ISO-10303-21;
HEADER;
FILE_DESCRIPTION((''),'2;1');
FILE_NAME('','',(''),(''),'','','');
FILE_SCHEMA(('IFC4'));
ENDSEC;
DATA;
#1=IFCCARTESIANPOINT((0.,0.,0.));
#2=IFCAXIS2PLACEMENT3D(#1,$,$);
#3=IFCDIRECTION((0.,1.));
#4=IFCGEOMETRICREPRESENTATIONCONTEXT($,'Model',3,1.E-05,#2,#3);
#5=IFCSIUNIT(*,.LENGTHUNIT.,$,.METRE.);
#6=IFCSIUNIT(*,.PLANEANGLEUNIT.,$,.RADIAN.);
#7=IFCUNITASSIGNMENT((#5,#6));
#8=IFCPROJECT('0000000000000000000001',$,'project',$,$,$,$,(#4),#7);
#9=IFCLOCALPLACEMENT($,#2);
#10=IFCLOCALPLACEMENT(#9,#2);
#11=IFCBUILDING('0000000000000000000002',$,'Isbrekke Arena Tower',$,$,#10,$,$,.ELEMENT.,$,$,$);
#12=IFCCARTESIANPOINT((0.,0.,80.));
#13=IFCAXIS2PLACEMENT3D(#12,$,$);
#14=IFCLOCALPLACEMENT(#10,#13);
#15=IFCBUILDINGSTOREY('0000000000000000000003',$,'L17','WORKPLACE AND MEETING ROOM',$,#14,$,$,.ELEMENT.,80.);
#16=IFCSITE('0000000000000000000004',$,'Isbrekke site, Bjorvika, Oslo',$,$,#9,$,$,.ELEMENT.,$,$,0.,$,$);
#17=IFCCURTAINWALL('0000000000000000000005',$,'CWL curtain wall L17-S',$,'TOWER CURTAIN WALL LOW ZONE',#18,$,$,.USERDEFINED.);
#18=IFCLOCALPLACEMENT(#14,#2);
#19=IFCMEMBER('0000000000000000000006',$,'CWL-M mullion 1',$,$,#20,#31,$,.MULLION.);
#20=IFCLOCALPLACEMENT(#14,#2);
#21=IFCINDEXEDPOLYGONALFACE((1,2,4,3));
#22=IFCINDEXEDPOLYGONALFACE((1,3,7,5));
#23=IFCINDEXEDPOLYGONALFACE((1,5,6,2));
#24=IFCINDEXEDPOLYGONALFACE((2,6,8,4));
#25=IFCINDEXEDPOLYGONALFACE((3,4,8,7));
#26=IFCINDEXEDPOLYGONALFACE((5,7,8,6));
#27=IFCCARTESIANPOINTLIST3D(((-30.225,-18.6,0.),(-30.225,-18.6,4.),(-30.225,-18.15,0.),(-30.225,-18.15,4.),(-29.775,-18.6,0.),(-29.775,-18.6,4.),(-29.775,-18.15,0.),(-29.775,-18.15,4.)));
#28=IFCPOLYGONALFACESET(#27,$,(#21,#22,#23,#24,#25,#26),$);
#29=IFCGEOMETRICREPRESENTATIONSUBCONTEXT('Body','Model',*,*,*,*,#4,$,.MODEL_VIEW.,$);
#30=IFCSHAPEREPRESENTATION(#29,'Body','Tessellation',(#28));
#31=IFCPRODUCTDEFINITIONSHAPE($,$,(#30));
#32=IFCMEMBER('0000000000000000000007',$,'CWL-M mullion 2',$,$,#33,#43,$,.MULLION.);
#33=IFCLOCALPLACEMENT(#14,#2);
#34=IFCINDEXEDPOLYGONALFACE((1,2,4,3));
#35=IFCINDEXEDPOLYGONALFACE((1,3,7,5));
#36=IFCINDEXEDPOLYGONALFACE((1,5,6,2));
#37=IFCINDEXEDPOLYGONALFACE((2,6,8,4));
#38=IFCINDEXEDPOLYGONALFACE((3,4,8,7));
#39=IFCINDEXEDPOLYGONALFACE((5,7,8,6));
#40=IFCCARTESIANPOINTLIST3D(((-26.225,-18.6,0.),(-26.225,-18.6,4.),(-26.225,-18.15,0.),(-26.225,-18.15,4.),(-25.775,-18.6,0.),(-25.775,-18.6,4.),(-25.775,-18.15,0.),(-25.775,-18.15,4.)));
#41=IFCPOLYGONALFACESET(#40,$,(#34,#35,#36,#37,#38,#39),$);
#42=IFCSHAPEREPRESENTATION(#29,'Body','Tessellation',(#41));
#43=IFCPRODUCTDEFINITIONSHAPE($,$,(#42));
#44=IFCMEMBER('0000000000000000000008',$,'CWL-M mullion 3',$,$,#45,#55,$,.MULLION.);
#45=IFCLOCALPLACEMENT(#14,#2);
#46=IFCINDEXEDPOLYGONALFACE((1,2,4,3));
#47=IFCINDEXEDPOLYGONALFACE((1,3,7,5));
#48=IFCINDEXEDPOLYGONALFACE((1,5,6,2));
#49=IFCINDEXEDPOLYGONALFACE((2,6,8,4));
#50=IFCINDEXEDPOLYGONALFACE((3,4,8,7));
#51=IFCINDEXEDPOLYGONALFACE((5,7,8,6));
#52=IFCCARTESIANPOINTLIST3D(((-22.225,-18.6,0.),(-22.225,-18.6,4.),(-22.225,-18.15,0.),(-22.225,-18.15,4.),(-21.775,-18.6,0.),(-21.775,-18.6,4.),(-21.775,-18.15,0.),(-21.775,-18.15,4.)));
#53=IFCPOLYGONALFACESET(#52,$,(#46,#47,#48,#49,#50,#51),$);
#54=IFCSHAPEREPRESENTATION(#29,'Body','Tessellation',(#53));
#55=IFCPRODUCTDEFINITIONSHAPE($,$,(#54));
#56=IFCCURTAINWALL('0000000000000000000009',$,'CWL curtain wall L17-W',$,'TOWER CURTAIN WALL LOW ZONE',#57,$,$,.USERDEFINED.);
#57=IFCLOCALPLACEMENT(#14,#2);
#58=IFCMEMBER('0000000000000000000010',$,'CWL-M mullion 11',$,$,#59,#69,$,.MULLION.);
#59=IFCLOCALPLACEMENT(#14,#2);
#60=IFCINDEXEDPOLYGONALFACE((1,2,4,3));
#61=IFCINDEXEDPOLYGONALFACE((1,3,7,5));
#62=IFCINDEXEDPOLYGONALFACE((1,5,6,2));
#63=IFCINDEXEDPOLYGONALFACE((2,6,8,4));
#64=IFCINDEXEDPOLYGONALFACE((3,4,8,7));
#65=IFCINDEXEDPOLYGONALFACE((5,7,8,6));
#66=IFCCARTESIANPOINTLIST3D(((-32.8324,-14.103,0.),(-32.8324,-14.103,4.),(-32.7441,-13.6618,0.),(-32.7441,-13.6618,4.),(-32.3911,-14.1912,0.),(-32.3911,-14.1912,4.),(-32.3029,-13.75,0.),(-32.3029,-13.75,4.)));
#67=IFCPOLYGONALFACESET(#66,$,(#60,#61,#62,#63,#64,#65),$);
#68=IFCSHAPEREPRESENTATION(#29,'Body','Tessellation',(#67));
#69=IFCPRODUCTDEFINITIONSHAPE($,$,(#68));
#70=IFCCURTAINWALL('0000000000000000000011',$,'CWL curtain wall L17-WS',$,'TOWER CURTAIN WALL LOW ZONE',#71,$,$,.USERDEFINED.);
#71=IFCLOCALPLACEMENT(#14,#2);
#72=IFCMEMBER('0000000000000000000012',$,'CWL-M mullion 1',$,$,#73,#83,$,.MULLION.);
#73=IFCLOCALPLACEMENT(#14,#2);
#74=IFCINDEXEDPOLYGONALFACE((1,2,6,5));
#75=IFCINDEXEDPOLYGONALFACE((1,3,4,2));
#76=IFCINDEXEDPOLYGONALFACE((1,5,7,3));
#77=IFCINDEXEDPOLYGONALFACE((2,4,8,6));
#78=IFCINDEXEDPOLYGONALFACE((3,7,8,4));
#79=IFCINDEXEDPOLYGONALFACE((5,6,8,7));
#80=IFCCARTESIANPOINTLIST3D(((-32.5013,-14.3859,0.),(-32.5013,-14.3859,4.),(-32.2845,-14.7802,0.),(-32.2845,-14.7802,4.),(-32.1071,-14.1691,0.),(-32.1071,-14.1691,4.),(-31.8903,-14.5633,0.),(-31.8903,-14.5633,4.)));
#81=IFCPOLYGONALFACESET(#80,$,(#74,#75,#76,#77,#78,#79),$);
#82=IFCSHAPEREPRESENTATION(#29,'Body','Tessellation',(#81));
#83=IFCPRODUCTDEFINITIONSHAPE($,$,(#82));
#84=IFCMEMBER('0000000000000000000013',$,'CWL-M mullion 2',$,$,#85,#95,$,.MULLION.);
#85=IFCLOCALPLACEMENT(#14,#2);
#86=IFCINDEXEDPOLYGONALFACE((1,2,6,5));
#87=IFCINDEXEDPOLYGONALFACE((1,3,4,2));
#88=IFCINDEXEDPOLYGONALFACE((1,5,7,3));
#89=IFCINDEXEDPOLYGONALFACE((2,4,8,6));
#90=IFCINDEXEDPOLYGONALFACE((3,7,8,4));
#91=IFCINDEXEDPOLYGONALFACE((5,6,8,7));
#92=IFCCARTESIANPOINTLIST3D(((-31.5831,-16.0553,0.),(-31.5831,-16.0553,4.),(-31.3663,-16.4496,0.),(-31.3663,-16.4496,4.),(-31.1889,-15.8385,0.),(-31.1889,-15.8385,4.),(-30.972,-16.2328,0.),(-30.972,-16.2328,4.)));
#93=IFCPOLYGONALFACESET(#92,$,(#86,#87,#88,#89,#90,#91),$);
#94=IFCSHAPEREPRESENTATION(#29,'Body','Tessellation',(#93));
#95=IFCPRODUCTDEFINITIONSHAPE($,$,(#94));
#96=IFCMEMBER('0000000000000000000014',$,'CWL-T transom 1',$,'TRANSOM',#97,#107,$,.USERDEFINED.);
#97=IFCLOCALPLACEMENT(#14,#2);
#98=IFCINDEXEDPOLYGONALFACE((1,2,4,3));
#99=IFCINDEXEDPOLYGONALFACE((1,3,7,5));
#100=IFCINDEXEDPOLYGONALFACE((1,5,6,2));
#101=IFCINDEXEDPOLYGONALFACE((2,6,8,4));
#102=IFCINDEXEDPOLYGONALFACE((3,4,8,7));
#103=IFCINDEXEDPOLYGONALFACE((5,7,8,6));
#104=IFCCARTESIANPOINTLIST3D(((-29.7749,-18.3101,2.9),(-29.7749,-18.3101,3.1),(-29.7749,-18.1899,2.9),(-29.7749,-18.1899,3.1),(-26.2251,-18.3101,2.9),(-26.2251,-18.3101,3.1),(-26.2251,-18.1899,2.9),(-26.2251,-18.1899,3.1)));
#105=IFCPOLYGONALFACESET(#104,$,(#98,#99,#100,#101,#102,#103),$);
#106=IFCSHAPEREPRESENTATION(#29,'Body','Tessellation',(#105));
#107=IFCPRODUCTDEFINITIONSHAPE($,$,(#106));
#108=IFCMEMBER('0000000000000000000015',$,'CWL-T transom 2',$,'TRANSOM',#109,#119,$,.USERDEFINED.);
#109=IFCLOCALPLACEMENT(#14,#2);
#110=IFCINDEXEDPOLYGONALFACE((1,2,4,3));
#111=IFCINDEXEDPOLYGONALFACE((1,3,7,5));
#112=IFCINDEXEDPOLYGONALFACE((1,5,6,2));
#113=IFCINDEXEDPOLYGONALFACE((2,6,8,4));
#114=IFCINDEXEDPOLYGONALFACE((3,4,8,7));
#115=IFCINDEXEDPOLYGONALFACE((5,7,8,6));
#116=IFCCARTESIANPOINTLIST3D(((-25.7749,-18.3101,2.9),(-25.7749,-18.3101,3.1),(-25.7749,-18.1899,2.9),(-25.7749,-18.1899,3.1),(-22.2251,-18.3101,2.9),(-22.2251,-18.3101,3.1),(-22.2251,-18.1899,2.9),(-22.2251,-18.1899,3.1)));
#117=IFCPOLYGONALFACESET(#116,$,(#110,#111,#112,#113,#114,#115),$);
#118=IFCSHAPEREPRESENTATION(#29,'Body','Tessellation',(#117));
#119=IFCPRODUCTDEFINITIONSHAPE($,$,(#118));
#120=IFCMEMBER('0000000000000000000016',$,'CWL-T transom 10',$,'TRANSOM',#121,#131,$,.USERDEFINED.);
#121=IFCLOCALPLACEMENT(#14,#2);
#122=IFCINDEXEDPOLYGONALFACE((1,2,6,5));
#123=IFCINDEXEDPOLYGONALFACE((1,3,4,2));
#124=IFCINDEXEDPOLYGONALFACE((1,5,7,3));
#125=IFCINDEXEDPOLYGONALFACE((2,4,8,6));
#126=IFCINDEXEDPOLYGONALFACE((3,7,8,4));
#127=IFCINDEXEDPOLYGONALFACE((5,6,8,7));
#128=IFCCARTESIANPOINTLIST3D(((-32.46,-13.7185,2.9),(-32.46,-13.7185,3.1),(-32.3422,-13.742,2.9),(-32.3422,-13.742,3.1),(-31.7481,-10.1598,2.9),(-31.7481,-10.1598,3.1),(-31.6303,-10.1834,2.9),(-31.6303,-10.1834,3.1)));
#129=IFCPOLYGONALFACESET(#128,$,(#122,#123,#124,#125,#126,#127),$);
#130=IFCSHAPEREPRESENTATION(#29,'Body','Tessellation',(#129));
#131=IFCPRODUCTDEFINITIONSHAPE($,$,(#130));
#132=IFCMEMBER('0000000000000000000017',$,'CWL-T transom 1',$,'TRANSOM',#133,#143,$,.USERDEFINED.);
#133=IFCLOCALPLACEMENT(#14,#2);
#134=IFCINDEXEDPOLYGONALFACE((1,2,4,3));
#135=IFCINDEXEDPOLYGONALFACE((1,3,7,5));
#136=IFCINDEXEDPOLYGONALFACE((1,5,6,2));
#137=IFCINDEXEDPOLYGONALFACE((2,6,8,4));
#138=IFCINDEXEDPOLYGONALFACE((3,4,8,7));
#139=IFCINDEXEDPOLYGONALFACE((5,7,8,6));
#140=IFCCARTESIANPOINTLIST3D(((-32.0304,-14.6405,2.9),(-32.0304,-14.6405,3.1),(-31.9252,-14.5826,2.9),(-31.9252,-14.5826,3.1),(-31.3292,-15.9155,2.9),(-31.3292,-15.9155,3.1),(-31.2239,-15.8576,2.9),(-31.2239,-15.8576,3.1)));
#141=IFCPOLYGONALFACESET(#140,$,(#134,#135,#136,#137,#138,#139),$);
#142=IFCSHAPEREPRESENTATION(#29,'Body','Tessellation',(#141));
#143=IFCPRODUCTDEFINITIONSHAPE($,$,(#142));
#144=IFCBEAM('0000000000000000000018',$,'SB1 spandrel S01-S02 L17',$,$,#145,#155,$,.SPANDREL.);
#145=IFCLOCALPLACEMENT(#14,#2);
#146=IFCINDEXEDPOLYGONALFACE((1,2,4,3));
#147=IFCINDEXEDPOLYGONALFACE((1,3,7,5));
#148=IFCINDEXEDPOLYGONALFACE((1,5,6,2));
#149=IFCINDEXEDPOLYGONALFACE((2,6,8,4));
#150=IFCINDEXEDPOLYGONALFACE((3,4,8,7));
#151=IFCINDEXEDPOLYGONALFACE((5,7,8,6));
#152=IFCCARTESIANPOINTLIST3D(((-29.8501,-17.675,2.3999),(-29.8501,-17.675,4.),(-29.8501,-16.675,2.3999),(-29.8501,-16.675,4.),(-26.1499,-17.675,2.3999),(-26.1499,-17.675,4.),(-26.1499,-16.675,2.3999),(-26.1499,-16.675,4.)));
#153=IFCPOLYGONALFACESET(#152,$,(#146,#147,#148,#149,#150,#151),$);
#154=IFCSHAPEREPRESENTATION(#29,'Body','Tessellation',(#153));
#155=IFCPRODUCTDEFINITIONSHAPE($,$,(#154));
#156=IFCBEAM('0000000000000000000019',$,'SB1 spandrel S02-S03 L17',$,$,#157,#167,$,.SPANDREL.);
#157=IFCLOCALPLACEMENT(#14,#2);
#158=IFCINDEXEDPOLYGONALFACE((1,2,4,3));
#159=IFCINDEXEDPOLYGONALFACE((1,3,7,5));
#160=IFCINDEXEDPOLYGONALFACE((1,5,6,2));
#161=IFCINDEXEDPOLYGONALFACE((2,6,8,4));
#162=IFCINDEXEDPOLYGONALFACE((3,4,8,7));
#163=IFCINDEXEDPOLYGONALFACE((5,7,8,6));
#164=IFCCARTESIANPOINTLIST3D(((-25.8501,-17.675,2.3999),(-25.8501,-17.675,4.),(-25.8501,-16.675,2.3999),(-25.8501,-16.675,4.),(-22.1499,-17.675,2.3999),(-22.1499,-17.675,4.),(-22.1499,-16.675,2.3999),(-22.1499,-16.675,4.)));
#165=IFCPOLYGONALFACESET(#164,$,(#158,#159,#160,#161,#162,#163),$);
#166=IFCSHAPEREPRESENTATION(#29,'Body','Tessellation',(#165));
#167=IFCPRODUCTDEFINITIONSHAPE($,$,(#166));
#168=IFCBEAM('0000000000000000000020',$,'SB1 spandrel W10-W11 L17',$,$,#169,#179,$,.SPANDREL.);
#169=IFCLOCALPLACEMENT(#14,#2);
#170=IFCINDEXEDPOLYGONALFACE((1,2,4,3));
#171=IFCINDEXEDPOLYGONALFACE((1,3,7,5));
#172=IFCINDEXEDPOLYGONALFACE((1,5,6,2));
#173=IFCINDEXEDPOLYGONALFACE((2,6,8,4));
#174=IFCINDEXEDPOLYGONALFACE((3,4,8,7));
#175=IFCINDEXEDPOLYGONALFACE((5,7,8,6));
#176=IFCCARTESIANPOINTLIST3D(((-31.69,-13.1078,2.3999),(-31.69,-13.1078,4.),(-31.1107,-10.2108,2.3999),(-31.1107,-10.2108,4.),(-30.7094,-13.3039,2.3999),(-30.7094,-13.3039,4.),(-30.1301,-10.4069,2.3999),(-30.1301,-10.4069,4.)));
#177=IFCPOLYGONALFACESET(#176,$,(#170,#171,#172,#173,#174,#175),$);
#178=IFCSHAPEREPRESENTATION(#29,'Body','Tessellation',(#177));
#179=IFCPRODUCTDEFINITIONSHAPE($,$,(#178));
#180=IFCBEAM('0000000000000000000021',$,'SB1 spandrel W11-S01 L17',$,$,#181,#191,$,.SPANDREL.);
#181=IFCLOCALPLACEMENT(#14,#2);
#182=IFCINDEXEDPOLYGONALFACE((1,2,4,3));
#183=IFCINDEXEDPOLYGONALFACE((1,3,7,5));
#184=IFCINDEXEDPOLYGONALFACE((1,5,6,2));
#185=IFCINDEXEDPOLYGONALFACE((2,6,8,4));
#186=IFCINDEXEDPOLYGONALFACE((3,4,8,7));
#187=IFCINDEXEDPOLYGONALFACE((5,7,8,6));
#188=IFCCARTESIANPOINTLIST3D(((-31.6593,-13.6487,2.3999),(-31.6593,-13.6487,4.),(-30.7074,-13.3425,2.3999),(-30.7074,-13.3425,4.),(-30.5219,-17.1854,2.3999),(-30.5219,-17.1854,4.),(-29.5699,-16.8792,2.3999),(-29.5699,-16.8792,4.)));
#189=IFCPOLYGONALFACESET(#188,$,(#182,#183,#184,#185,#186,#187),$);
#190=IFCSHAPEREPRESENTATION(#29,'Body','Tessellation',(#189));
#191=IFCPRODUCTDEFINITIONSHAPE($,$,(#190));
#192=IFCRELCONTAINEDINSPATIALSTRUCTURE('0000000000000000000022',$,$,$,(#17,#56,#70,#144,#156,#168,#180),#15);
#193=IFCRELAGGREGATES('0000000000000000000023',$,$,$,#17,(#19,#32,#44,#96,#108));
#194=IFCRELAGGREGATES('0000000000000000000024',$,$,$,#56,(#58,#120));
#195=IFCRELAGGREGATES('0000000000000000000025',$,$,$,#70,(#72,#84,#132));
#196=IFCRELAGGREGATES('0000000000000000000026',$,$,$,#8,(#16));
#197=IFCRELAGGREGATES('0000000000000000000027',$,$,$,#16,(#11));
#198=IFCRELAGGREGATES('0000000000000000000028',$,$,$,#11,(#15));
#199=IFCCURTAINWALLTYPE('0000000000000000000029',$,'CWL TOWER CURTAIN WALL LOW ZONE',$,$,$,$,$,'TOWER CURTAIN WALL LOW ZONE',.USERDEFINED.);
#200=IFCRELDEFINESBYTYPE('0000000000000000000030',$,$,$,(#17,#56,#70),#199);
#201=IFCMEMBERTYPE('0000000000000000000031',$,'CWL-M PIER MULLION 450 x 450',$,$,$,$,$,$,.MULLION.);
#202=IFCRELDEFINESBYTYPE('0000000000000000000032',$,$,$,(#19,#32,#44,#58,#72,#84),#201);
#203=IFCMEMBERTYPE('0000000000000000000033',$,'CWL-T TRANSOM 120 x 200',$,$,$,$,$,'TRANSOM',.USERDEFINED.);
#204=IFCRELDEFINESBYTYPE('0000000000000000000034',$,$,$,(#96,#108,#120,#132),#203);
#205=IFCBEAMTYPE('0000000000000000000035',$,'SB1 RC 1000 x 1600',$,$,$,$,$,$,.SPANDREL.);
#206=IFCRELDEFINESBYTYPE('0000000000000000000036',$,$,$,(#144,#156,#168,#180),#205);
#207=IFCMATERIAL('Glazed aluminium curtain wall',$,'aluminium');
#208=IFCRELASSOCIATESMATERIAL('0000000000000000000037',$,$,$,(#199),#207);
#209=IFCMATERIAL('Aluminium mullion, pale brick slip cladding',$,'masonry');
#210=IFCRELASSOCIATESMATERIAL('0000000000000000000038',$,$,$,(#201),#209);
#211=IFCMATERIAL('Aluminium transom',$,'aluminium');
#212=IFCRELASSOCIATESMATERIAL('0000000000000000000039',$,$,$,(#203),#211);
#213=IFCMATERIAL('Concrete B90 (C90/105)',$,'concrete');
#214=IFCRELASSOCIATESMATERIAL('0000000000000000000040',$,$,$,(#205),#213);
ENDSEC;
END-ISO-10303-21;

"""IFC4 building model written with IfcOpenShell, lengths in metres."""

from ifc_helpers import new_model, si_unit, direction, frame, origin, origin_2d, place, context, subcontext, project, spatial, rectangle, extrude, material, material_profile, profile_set, type_object, element, aggregate, save


model = new_model("IFC4")

# Units and contexts
model_context = context("Model", 3, precision=1e-05, world=origin(), true_north=direction((0.0, 1.0)))
body_context = subcontext(model_context, "Body", "Model", "MODEL_VIEW")
ifc_project = project(units=[si_unit("LENGTHUNIT", "METRE"), si_unit("PLANEANGLEUNIT", "RADIAN")], contexts=[model_context])

# Site, building, storey
site_placement = place(None, origin())
site = spatial("IfcSite", under=ifc_project, at=site_placement, Name="Isbrekke site, Bjorvika, Oslo", CompositionType="ELEMENT", RefElevation=0.0)
building_placement = place(site_placement, origin())
building = spatial("IfcBuilding", under=site, at=building_placement, Name="Isbrekke Arena Tower", CompositionType="ELEMENT")
storey_placement = place(building_placement, frame((0.0, 0.0, 80.0)))
storey = spatial("IfcBuildingStorey", under=building, at=storey_placement, Name="L17", Description="WORKPLACE AND MEETING ROOM", CompositionType="ELEMENT", Elevation=80.0)

# Curtain wall, members
ifc_material_1 = material(Name="Glazed aluminium curtain wall", Category="aluminium")
curtain_wall_type = type_object("IfcCurtainWallType", Name="CWL TOWER CURTAIN WALL LOW ZONE", ElementType="TOWER CURTAIN WALL LOW ZONE", PredefinedType="USERDEFINED", material=ifc_material_1)
curtain_wall_1_placement = place(storey_placement, origin())
curtain_wall_1 = element("IfcCurtainWall", 1, at=curtain_wall_1_placement, inside=storey, type_object=curtain_wall_type, Name="CWL curtain wall L17-S", ObjectType="TOWER CURTAIN WALL LOW ZONE", PredefinedType="USERDEFINED")
ifc_material_2 = material(Name="Aluminium mullion, pale brick slip cladding", Category="masonry")
ifc_material_profile_1 = material_profile(ifc_material_2, rectangle(XDim=0.45, YDim=0.45, at=origin_2d()), Name="PIER 450X450")
ifc_profile_set_1 = profile_set([ifc_material_profile_1], Name="Aluminium mullion, pale brick slip cladding")
member_type_1 = type_object("IfcMemberType", Name="CWL-M PIER MULLION 450 x 450", PredefinedType="MULLION", material=ifc_profile_set_1)
member_1_placement = place(storey_placement, frame((-30.0, -18.375, 0.0), z_axis=(0.0, 0.0, 1.0), x_axis=(1.0, 0.0, 0.0)))
member_1 = element("IfcMember", 2, at=member_1_placement, type_object=member_type_1, Name="CWL-M mullion 1", PredefinedType="MULLION", context=body_context, shape_type="SweptSolid", body=[
    extrude(rectangle(XDim=0.45, YDim=0.45, at=origin_2d()), origin(), (0.0, 0.0, 1.0), 4.0),
])
member_2_placement = place(storey_placement, frame((-26.0, -18.375, 0.0), z_axis=(0.0, 0.0, 1.0), x_axis=(1.0, 0.0, 0.0)))
member_2 = element("IfcMember", 3, at=member_2_placement, type_object=member_type_1, Name="CWL-M mullion 2", PredefinedType="MULLION", context=body_context, shape_type="SweptSolid", body=[
    extrude(rectangle(XDim=0.45, YDim=0.45, at=origin_2d()), origin(), (0.0, 0.0, 1.0), 4.0),
])
member_3_placement = place(storey_placement, frame((-22.0, -18.375, 0.0), z_axis=(0.0, 0.0, 1.0), x_axis=(1.0, 0.0, 0.0)))
member_3 = element("IfcMember", 4, at=member_3_placement, type_object=member_type_1, Name="CWL-M mullion 3", PredefinedType="MULLION", context=body_context, shape_type="SweptSolid", body=[
    extrude(rectangle(XDim=0.45, YDim=0.45, at=origin_2d()), origin(), (0.0, 0.0, 1.0), 4.0),
])

# Curtain wall, member
curtain_wall_2_placement = place(storey_placement, origin())
curtain_wall_2 = element("IfcCurtainWall", 5, at=curtain_wall_2_placement, inside=storey, type_object=curtain_wall_type, Name="CWL curtain wall L17-W", ObjectType="TOWER CURTAIN WALL LOW ZONE", PredefinedType="USERDEFINED")
member_4_placement = place(storey_placement, frame((-32.5676, -13.9265, 0.0), z_axis=(0.0, 0.0, 1.0), x_axis=(-0.196116, -0.980581, 0.0)))
member_4 = element("IfcMember", 6, at=member_4_placement, type_object=member_type_1, Name="CWL-M mullion 11", PredefinedType="MULLION", context=body_context, shape_type="SweptSolid", body=[
    extrude(rectangle(XDim=0.45, YDim=0.45, at=origin_2d()), origin(), (0.0, 0.0, 1.0), 4.0),
])

# Curtain wall, members
curtain_wall_3_placement = place(storey_placement, origin())
curtain_wall_3 = element("IfcCurtainWall", 7, at=curtain_wall_3_placement, inside=storey, type_object=curtain_wall_type, Name="CWL curtain wall L17-WS", ObjectType="TOWER CURTAIN WALL LOW ZONE", PredefinedType="USERDEFINED")
member_5_placement = place(storey_placement, frame((-32.1958, -14.4746, 0.0), z_axis=(0.0, 0.0, 1.0), x_axis=(0.481919, -0.876216, 0.0)))
member_5 = element("IfcMember", 8, at=member_5_placement, type_object=member_type_1, Name="CWL-M mullion 1", PredefinedType="MULLION", context=body_context, shape_type="SweptSolid", body=[
    extrude(rectangle(XDim=0.45, YDim=0.45, at=origin_2d()), origin(), (0.0, 0.0, 1.0), 4.0),
])
member_6_placement = place(storey_placement, frame((-31.2776, -16.144, 0.0), z_axis=(0.0, 0.0, 1.0), x_axis=(0.481919, -0.876216, 0.0)))
member_6 = element("IfcMember", 9, at=member_6_placement, type_object=member_type_1, Name="CWL-M mullion 2", PredefinedType="MULLION", context=body_context, shape_type="SweptSolid", body=[
    extrude(rectangle(XDim=0.45, YDim=0.45, at=origin_2d()), origin(), (0.0, 0.0, 1.0), 4.0),
])

# Members
ifc_material_3 = material(Name="Aluminium transom", Category="aluminium")
ifc_material_profile_2 = material_profile(ifc_material_3, rectangle(XDim=0.1201, YDim=0.2, at=origin_2d()), Name="TRANSOM 120X200")
ifc_profile_set_2 = profile_set([ifc_material_profile_2], Name="Aluminium transom")
member_type_2 = type_object("IfcMemberType", Name="CWL-T TRANSOM 120 x 200", ElementType="TRANSOM", PredefinedType="USERDEFINED", material=ifc_profile_set_2)
member_7_placement = place(storey_placement, frame((-29.7749, -18.25, 3.0), z_axis=(1.0, 0.0, 0.0), x_axis=(0.0, 1.0, 0.0)))
member_7 = element("IfcMember", 10, at=member_7_placement, type_object=member_type_2, Name="CWL-T transom 1", ObjectType="TRANSOM", PredefinedType="USERDEFINED", context=body_context, shape_type="SweptSolid", body=[
    extrude(rectangle(XDim=0.1201, YDim=0.2, at=origin_2d()), origin(), (0.0, 0.0, 1.0), 3.5498),
])
member_8_placement = place(storey_placement, frame((-25.7749, -18.25, 3.0), z_axis=(1.0, 0.0, 0.0), x_axis=(0.0, 1.0, 0.0)))
member_8 = element("IfcMember", 11, at=member_8_placement, type_object=member_type_2, Name="CWL-T transom 2", ObjectType="TRANSOM", PredefinedType="USERDEFINED", context=body_context, shape_type="SweptSolid", body=[
    extrude(rectangle(XDim=0.1201, YDim=0.2, at=origin_2d()), origin(), (0.0, 0.0, 1.0), 3.5498),
])
member_9_placement = place(storey_placement, frame((-31.6892, -10.1716, 3.0), z_axis=(-0.196168, -0.98057, 0.0), x_axis=(0.98057, -0.196168, 0.0)))
member_9 = element("IfcMember", 12, at=member_9_placement, type_object=member_type_2, Name="CWL-T transom 10", ObjectType="TRANSOM", PredefinedType="USERDEFINED", context=body_context, shape_type="SweptSolid", body=[
    extrude(rectangle(XDim=0.1201, YDim=0.2, at=origin_2d()), origin(), (0.0, 0.0, 1.0), 3.6292),
])
member_10_placement = place(storey_placement, frame((-31.9778, -14.6116, 3.0), z_axis=(0.481906, -0.876223, 0.0), x_axis=(0.876223, 0.481906, 0.0)))
member_10 = element("IfcMember", 13, at=member_10_placement, type_object=member_type_2, Name="CWL-T transom 1", ObjectType="TRANSOM", PredefinedType="USERDEFINED", context=body_context, shape_type="SweptSolid", body=[
    extrude(rectangle(XDim=0.1201, YDim=0.2, at=origin_2d()), origin(), (0.0, 0.0, 1.0), 1.4551),
])

# Beams
ifc_material_4 = material(Name="Concrete B90 (C90/105)", Category="concrete")
ifc_material_profile_3 = material_profile(ifc_material_4, rectangle(XDim=1.0, YDim=1.6001, at=origin_2d()), Name="RC 1000x1600")
ifc_profile_set_3 = profile_set([ifc_material_profile_3], Name="Concrete B90 (C90/105)")
beam_type_1 = type_object("IfcBeamType", Name="SB1 RC 1000 x 1600", PredefinedType="SPANDREL", material=ifc_profile_set_3)
for number, where, z_axis, x_axis, name in (
    (14, (-29.8501, -17.175, 3.2), (1.0, 0.0, 0.0), (0.0, 1.0, 0.0), "SB1 spandrel S01-S02 L17"),
    (15, (-25.8501, -17.175, 3.2), (1.0, 0.0, 0.0), (0.0, 1.0, 0.0), "SB1 spandrel S02-S03 L17"),
):
    element("IfcBeam", number, at=place(storey_placement, frame(where, z_axis=z_axis, x_axis=x_axis)), inside=storey, type_object=beam_type_1, Name=name, PredefinedType="SPANDREL", context=body_context, shape_type="SweptSolid", body=[
        extrude(rectangle(XDim=1.0, YDim=1.6001, at=origin_2d()), origin(), (0.0, 0.0, 1.0), 3.7002),
    ])
beam_1_placement = place(storey_placement, frame((-30.6204, -10.3088, 3.2), z_axis=(-0.1961, -0.980584, 0.0), x_axis=(0.980584, -0.1961, 0.0)))
element("IfcBeam", 16, at=beam_1_placement, inside=storey, type_object=beam_type_1, Name="SB1 spandrel W10-W11 L17", PredefinedType="SPANDREL", context=body_context, shape_type="SweptSolid", body=[
    extrude(rectangle(XDim=1.0, YDim=1.6001, at=origin_2d()), origin(), (0.0, 0.0, 1.0), 2.9543),
])
beam_2_placement = place(storey_placement, frame((-31.1833, -13.4956, 3.2), z_axis=(0.306175, -0.951975, 0.0), x_axis=(0.951975, 0.306175, 0.0)))
element("IfcBeam", 17, at=beam_2_placement, inside=storey, type_object=beam_type_1, Name="SB1 spandrel W11-S01 L17", PredefinedType="SPANDREL", context=body_context, shape_type="SweptSolid", body=[
    extrude(rectangle(XDim=1.0, YDim=1.6001, at=origin_2d()), origin(), (0.0, 0.0, 1.0), 3.7151),
])

aggregate(curtain_wall_1, [member_1, member_2, member_3, member_7, member_8])
aggregate(curtain_wall_2, [member_4, member_9])
aggregate(curtain_wall_3, [member_5, member_6, member_10])

save(model, "model.ifc")
